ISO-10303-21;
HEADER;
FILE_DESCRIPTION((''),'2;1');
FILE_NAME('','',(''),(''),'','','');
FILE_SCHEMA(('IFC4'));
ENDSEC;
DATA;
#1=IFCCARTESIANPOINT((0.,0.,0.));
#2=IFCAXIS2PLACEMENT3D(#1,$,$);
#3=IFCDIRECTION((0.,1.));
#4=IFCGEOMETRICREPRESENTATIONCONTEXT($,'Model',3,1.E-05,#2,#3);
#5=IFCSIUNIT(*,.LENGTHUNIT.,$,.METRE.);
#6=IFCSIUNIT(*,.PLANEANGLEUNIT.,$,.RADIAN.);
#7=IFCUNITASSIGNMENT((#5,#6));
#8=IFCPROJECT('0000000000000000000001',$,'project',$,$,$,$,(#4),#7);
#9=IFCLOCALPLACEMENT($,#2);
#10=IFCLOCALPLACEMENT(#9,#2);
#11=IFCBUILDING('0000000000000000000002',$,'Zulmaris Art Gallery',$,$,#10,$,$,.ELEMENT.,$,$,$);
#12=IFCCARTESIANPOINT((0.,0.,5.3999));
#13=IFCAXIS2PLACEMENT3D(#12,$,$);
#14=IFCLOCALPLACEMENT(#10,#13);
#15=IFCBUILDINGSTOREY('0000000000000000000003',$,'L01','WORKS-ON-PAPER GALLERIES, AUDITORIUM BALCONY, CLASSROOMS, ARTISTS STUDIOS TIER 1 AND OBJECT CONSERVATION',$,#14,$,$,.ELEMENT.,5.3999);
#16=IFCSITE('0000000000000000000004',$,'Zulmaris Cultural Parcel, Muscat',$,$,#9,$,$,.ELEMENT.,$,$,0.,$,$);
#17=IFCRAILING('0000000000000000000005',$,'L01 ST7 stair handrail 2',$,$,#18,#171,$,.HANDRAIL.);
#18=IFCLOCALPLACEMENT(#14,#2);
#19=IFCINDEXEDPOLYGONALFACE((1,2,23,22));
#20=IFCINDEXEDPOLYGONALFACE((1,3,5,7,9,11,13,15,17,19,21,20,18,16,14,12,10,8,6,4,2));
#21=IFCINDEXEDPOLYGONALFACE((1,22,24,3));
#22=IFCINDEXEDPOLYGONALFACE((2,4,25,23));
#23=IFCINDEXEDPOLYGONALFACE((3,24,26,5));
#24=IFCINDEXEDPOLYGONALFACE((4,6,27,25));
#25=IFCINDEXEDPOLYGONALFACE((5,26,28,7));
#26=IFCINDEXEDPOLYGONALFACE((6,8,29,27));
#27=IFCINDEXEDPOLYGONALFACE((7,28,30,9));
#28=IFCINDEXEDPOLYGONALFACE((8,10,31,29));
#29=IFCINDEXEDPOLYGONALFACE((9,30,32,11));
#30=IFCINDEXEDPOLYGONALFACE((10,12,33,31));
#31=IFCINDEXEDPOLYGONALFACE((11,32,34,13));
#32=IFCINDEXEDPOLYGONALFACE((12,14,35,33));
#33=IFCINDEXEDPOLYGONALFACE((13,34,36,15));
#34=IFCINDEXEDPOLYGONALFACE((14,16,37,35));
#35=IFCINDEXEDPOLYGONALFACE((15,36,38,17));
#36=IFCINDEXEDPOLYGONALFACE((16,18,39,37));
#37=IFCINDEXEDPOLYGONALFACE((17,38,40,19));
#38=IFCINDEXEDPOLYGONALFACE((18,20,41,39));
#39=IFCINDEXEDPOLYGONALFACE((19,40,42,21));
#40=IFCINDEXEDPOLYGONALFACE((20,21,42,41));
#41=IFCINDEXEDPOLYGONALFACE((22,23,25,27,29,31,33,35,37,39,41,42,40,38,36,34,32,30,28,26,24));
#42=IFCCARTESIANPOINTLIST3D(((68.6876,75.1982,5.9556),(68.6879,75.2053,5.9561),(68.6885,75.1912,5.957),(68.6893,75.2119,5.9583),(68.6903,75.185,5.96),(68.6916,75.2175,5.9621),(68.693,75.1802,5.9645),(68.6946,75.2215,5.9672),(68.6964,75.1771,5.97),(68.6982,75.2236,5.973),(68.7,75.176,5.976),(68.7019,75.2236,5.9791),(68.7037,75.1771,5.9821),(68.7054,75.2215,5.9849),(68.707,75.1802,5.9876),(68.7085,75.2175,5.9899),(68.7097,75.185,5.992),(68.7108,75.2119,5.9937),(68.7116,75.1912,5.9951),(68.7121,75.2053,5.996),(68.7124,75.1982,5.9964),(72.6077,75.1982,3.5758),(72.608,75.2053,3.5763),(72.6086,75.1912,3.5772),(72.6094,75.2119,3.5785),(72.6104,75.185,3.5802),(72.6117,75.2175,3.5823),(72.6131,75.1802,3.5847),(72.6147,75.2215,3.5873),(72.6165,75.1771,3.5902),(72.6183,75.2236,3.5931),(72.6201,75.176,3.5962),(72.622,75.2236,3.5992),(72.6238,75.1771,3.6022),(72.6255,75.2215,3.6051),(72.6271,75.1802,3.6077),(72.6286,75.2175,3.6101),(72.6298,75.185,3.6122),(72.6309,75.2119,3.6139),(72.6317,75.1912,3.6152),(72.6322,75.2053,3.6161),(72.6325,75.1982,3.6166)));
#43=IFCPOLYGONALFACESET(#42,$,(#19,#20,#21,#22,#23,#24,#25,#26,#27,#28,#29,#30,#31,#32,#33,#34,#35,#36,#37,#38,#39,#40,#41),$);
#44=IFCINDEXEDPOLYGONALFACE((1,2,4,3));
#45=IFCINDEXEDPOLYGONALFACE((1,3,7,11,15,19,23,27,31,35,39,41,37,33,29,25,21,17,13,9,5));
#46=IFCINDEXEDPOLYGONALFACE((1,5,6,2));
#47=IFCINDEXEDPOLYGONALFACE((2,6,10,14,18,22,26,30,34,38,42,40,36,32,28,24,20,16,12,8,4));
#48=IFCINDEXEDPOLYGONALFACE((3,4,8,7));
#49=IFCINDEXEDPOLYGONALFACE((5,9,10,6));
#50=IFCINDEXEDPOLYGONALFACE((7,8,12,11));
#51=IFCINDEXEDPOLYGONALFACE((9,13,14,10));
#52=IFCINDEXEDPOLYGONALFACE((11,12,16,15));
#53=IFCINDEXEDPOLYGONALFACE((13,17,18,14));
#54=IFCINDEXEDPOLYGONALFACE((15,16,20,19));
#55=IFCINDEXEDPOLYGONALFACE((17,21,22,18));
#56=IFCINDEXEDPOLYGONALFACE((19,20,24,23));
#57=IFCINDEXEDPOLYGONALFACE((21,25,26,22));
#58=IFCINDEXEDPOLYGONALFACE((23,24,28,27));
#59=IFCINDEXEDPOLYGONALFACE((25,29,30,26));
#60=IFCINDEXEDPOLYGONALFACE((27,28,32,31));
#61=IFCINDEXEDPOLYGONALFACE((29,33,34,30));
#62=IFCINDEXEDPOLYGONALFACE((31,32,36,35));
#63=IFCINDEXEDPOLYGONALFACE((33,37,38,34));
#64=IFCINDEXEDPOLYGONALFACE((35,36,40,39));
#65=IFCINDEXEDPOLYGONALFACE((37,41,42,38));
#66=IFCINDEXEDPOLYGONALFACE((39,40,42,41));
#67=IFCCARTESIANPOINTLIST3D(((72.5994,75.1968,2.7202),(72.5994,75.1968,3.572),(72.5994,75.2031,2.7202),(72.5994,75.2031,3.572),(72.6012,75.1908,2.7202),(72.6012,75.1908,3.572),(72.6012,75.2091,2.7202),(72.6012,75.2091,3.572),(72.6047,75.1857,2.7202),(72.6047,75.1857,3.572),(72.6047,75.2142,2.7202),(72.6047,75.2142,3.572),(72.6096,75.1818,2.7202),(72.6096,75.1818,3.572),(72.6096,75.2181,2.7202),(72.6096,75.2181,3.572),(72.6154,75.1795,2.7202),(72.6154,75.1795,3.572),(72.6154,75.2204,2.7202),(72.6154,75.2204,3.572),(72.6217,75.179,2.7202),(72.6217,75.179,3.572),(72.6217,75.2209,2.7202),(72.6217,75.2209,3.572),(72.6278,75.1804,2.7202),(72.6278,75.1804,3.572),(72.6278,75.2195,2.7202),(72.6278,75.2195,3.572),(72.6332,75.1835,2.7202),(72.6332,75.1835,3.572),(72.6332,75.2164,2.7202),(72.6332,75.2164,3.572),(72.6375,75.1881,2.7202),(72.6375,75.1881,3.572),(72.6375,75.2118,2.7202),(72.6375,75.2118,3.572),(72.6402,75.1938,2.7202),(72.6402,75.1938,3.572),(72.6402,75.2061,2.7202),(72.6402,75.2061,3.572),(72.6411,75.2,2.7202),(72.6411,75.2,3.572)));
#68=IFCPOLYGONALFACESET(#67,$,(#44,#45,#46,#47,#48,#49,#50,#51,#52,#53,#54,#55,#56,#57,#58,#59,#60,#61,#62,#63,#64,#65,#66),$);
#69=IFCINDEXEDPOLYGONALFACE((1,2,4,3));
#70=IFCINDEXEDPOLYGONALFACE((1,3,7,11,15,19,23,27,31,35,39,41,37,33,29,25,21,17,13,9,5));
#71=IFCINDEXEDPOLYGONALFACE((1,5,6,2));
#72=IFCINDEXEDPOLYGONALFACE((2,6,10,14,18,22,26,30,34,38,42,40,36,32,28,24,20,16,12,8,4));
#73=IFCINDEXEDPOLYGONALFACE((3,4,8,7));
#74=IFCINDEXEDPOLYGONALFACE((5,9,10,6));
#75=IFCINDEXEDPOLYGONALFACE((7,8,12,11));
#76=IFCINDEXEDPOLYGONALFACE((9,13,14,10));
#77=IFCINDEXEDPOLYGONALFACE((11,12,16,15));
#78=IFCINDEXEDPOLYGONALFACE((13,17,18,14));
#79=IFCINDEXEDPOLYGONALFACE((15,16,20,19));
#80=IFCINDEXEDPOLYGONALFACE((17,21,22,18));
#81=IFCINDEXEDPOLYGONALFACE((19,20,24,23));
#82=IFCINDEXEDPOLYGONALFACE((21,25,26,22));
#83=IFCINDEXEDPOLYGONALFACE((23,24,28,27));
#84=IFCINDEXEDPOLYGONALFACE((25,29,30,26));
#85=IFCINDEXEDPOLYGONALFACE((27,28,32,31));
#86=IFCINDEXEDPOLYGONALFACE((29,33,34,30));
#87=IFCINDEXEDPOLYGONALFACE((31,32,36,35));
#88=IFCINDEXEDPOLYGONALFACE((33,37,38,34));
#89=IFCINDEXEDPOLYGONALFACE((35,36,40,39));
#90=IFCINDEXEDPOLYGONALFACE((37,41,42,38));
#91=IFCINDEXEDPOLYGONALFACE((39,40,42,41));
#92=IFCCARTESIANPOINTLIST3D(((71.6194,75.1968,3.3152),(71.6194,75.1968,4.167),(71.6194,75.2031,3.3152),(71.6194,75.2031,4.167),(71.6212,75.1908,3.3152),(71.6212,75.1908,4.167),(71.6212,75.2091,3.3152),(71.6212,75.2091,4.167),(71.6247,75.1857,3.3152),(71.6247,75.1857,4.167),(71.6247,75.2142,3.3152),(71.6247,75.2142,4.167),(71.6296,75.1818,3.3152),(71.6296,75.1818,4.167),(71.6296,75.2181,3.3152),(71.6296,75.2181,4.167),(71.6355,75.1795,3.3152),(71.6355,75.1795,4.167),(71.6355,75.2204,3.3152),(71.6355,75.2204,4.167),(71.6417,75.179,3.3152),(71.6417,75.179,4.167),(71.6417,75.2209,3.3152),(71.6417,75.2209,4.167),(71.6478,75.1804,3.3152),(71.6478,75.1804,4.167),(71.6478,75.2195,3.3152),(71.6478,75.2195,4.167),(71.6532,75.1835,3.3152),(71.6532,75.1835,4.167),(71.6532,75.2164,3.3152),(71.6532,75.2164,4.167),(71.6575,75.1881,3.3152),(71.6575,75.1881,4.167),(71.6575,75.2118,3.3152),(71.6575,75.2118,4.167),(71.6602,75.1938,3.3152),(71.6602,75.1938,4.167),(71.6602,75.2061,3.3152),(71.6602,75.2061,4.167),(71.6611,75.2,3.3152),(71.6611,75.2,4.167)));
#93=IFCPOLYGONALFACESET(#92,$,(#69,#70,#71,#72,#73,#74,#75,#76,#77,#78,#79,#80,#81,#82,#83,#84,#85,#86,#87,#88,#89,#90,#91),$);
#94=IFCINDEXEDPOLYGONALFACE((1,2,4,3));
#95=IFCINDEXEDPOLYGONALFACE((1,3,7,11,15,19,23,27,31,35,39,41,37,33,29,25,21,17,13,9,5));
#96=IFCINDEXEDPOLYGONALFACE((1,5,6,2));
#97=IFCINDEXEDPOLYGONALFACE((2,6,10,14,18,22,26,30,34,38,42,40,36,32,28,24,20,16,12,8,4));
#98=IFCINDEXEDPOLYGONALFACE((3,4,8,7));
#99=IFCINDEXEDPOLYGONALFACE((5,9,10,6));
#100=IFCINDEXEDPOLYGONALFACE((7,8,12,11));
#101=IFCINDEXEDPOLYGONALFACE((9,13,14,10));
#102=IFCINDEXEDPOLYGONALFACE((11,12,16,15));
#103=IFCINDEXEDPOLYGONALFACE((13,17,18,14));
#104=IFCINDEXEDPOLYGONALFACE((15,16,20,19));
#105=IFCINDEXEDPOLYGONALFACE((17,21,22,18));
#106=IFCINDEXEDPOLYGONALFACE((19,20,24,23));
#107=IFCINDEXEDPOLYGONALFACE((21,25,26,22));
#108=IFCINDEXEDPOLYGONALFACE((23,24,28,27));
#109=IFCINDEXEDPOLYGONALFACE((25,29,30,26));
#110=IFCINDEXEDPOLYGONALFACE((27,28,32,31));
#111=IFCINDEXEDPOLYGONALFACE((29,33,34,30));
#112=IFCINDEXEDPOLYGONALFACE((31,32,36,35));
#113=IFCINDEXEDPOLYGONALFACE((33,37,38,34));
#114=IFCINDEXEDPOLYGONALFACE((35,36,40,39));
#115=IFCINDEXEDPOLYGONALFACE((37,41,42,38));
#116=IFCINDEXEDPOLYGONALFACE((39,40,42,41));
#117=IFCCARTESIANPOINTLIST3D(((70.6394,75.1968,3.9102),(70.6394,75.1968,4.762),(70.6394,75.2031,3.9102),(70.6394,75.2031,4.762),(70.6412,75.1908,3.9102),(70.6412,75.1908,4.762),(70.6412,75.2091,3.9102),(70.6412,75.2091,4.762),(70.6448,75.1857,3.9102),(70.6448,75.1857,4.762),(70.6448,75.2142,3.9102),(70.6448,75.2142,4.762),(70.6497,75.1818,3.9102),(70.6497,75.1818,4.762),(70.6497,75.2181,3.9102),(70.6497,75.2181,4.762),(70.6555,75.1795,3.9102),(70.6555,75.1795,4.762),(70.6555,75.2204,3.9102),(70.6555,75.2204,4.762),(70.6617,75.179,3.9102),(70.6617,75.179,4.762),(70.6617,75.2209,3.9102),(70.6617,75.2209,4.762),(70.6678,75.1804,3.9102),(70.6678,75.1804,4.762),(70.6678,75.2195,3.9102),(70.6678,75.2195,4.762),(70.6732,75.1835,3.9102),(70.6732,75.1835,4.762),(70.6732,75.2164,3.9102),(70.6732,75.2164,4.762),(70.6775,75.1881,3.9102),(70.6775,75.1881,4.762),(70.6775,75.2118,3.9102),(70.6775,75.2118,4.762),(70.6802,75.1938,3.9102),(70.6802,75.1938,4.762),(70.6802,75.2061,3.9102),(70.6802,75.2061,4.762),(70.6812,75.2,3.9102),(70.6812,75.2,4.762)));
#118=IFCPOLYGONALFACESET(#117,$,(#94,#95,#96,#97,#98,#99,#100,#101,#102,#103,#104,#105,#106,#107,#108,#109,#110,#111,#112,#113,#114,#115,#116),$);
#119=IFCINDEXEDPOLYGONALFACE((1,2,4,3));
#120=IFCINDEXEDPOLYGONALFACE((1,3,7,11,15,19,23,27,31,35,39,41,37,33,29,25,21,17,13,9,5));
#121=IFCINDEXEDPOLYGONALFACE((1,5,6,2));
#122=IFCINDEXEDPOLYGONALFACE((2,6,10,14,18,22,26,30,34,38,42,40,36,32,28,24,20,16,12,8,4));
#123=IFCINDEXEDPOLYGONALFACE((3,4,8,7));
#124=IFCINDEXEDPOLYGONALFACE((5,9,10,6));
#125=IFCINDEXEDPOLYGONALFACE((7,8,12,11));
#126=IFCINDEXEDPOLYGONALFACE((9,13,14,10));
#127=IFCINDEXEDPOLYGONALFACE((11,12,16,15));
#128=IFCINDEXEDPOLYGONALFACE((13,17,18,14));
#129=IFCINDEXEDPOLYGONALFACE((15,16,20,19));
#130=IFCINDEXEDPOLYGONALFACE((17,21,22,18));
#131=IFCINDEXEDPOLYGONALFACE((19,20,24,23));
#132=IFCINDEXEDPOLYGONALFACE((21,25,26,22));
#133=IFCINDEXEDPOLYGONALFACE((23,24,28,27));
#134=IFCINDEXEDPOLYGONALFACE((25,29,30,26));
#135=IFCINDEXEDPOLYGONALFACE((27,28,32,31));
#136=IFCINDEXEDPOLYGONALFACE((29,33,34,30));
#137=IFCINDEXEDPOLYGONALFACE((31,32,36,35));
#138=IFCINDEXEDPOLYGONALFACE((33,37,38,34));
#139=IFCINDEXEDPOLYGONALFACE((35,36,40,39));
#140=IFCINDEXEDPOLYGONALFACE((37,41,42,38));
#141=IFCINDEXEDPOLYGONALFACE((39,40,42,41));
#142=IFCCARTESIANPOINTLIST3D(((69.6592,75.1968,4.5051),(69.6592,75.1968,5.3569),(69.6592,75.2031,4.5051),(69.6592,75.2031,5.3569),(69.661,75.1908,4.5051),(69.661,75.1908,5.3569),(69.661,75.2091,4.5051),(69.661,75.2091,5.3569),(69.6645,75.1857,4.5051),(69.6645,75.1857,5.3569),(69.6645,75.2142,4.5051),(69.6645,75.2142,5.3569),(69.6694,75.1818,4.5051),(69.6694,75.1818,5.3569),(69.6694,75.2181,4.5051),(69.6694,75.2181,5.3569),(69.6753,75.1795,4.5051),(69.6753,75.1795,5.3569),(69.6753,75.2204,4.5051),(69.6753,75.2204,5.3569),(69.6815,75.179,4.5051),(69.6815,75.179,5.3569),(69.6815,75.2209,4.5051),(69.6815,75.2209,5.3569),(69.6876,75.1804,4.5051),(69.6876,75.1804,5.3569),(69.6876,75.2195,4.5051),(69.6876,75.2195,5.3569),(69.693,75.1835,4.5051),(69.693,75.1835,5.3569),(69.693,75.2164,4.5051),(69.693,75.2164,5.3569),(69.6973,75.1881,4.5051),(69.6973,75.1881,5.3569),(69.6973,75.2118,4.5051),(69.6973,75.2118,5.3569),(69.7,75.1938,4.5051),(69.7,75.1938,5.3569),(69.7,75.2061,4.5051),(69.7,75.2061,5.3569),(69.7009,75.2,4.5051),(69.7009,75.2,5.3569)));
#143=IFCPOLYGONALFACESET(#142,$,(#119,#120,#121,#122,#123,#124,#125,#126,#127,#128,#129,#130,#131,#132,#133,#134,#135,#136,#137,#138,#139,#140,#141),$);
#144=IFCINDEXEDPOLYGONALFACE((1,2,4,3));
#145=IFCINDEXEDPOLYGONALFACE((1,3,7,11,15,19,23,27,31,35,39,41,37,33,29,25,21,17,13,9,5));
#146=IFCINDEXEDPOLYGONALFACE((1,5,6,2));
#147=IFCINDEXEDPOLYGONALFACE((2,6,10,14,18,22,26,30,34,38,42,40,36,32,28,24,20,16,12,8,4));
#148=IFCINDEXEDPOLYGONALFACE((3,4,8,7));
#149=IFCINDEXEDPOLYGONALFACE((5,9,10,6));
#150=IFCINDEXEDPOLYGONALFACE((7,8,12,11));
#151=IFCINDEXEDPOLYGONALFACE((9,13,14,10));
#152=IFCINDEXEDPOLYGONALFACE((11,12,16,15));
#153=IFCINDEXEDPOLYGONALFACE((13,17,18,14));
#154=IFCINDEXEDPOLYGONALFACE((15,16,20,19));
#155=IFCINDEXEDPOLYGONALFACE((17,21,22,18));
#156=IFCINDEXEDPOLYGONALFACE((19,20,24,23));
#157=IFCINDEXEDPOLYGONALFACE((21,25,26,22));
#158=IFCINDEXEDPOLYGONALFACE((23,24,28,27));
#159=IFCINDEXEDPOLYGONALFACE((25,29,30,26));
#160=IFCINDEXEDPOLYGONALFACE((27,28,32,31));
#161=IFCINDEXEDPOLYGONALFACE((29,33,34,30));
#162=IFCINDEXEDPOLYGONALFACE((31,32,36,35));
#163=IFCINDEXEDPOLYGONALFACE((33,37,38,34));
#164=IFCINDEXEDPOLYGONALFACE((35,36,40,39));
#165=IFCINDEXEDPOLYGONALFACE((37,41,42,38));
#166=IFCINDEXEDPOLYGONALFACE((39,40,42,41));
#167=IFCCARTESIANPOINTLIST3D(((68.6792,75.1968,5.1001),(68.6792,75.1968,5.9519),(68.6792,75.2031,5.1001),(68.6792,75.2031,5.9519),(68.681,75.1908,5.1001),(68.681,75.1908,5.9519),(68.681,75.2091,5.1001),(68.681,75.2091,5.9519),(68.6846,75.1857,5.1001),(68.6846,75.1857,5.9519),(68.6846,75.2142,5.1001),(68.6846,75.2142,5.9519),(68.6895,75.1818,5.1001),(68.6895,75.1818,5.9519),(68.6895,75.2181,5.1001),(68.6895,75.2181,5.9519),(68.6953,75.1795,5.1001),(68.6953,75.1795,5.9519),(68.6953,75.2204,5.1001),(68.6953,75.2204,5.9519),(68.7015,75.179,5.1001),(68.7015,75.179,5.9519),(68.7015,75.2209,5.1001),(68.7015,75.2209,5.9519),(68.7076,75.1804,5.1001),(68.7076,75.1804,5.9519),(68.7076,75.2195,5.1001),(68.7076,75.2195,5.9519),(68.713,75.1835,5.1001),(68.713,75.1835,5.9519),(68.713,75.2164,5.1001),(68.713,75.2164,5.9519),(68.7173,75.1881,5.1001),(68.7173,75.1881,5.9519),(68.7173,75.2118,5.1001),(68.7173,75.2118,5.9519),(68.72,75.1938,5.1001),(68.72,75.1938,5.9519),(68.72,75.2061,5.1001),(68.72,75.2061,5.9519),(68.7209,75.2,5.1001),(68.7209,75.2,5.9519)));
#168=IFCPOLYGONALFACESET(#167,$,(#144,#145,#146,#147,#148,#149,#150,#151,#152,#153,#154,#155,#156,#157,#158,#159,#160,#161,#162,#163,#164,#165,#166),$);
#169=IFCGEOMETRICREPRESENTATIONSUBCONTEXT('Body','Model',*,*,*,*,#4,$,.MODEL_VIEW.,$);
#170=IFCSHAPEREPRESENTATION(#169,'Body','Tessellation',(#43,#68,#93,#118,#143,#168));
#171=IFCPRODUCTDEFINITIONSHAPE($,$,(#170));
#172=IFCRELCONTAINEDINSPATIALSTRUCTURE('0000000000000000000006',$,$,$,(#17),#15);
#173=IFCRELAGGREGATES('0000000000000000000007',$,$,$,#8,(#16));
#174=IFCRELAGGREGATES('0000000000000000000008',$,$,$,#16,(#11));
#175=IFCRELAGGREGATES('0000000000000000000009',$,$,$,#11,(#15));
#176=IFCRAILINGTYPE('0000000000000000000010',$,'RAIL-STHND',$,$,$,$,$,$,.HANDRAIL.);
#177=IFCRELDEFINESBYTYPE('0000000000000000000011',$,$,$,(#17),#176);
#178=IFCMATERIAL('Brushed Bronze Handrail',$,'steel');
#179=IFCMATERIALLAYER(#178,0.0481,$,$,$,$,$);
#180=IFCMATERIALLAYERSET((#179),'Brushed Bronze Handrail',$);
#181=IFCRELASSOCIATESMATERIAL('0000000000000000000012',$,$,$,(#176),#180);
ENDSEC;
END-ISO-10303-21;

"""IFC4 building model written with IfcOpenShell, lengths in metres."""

from ifc_helpers import new_model, si_unit, direction, frame, origin, origin_2d, place, context, subcontext, project, spatial, circle, extrude, material, layer, layer_set, type_object, element, save


model = new_model("IFC4")

# Units and contexts
model_context = context("Model", 3, precision=1e-05, world=origin(), true_north=direction((0.0, 1.0)))
body_context = subcontext(model_context, "Body", "Model", "MODEL_VIEW")
ifc_project = project(units=[si_unit("LENGTHUNIT", "METRE"), si_unit("PLANEANGLEUNIT", "RADIAN")], contexts=[model_context])

# Site, building, storey
site_placement = place(None, origin())
site = spatial("IfcSite", under=ifc_project, at=site_placement, Name="Zulmaris Cultural Parcel, Muscat", CompositionType="ELEMENT", RefElevation=0.0)
building_placement = place(site_placement, origin())
building = spatial("IfcBuilding", under=site, at=building_placement, Name="Zulmaris Art Gallery", CompositionType="ELEMENT")
storey_placement = place(building_placement, frame((0.0, 0.0, 5.3999)))
storey = spatial("IfcBuildingStorey", under=building, at=storey_placement, Name="L01", Description="WORKS-ON-PAPER GALLERIES, AUDITORIUM BALCONY, CLASSROOMS, ARTISTS STUDIOS TIER 1 AND OBJECT CONSERVATION", CompositionType="ELEMENT", Elevation=5.3999)

# Railing
ifc_material_1 = material(Name="Brushed Bronze Handrail", Category="steel")
ifc_layer_1 = layer(ifc_material_1, 0.0481)
ifc_layer_set_1 = layer_set([ifc_layer_1], Name="Brushed Bronze Handrail")
railing_type_1 = type_object("IfcRailingType", Name="RAIL-STHND", PredefinedType="HANDRAIL", material=ifc_layer_set_1)
railing_1_placement = place(storey_placement, frame((72.6201, 75.2, 2.7202)))
element("IfcRailing", 1, at=railing_1_placement, inside=storey, type_object=railing_type_1, Name="L01 ST7 stair handrail 2", PredefinedType="HANDRAIL", context=body_context, shape_type="SweptSolid", body=[
    extrude(circle(Radius=0.0239, at=origin_2d()), frame((0.0, 0.0, 0.876), z_axis=(-0.854809, 0.0, 0.518943), x_axis=(0.0, -1.0, 0.0)), (0.0, 0.0, 1.0), 4.5859),
    extrude(circle(Radius=0.021, at=origin_2d()), origin(), (0.0, 0.0, 1.0), 0.8518),
    extrude(circle(Radius=0.021, at=origin_2d()), frame((-0.98, 0.0, 0.595)), (0.0, 0.0, 1.0), 0.8518),
    extrude(circle(Radius=0.021, at=origin_2d()), frame((-1.96, 0.0, 1.1899)), (0.0, 0.0, 1.0), 0.8518),
    extrude(circle(Radius=0.021, at=origin_2d()), frame((-2.9402, 0.0, 1.7849)), (0.0, 0.0, 1.0), 0.8518),
    extrude(circle(Radius=0.021, at=origin_2d()), frame((-3.9202, 0.0, 2.3799)), (0.0, 0.0, 1.0), 0.8518),
])

save(model, "model.ifc")
